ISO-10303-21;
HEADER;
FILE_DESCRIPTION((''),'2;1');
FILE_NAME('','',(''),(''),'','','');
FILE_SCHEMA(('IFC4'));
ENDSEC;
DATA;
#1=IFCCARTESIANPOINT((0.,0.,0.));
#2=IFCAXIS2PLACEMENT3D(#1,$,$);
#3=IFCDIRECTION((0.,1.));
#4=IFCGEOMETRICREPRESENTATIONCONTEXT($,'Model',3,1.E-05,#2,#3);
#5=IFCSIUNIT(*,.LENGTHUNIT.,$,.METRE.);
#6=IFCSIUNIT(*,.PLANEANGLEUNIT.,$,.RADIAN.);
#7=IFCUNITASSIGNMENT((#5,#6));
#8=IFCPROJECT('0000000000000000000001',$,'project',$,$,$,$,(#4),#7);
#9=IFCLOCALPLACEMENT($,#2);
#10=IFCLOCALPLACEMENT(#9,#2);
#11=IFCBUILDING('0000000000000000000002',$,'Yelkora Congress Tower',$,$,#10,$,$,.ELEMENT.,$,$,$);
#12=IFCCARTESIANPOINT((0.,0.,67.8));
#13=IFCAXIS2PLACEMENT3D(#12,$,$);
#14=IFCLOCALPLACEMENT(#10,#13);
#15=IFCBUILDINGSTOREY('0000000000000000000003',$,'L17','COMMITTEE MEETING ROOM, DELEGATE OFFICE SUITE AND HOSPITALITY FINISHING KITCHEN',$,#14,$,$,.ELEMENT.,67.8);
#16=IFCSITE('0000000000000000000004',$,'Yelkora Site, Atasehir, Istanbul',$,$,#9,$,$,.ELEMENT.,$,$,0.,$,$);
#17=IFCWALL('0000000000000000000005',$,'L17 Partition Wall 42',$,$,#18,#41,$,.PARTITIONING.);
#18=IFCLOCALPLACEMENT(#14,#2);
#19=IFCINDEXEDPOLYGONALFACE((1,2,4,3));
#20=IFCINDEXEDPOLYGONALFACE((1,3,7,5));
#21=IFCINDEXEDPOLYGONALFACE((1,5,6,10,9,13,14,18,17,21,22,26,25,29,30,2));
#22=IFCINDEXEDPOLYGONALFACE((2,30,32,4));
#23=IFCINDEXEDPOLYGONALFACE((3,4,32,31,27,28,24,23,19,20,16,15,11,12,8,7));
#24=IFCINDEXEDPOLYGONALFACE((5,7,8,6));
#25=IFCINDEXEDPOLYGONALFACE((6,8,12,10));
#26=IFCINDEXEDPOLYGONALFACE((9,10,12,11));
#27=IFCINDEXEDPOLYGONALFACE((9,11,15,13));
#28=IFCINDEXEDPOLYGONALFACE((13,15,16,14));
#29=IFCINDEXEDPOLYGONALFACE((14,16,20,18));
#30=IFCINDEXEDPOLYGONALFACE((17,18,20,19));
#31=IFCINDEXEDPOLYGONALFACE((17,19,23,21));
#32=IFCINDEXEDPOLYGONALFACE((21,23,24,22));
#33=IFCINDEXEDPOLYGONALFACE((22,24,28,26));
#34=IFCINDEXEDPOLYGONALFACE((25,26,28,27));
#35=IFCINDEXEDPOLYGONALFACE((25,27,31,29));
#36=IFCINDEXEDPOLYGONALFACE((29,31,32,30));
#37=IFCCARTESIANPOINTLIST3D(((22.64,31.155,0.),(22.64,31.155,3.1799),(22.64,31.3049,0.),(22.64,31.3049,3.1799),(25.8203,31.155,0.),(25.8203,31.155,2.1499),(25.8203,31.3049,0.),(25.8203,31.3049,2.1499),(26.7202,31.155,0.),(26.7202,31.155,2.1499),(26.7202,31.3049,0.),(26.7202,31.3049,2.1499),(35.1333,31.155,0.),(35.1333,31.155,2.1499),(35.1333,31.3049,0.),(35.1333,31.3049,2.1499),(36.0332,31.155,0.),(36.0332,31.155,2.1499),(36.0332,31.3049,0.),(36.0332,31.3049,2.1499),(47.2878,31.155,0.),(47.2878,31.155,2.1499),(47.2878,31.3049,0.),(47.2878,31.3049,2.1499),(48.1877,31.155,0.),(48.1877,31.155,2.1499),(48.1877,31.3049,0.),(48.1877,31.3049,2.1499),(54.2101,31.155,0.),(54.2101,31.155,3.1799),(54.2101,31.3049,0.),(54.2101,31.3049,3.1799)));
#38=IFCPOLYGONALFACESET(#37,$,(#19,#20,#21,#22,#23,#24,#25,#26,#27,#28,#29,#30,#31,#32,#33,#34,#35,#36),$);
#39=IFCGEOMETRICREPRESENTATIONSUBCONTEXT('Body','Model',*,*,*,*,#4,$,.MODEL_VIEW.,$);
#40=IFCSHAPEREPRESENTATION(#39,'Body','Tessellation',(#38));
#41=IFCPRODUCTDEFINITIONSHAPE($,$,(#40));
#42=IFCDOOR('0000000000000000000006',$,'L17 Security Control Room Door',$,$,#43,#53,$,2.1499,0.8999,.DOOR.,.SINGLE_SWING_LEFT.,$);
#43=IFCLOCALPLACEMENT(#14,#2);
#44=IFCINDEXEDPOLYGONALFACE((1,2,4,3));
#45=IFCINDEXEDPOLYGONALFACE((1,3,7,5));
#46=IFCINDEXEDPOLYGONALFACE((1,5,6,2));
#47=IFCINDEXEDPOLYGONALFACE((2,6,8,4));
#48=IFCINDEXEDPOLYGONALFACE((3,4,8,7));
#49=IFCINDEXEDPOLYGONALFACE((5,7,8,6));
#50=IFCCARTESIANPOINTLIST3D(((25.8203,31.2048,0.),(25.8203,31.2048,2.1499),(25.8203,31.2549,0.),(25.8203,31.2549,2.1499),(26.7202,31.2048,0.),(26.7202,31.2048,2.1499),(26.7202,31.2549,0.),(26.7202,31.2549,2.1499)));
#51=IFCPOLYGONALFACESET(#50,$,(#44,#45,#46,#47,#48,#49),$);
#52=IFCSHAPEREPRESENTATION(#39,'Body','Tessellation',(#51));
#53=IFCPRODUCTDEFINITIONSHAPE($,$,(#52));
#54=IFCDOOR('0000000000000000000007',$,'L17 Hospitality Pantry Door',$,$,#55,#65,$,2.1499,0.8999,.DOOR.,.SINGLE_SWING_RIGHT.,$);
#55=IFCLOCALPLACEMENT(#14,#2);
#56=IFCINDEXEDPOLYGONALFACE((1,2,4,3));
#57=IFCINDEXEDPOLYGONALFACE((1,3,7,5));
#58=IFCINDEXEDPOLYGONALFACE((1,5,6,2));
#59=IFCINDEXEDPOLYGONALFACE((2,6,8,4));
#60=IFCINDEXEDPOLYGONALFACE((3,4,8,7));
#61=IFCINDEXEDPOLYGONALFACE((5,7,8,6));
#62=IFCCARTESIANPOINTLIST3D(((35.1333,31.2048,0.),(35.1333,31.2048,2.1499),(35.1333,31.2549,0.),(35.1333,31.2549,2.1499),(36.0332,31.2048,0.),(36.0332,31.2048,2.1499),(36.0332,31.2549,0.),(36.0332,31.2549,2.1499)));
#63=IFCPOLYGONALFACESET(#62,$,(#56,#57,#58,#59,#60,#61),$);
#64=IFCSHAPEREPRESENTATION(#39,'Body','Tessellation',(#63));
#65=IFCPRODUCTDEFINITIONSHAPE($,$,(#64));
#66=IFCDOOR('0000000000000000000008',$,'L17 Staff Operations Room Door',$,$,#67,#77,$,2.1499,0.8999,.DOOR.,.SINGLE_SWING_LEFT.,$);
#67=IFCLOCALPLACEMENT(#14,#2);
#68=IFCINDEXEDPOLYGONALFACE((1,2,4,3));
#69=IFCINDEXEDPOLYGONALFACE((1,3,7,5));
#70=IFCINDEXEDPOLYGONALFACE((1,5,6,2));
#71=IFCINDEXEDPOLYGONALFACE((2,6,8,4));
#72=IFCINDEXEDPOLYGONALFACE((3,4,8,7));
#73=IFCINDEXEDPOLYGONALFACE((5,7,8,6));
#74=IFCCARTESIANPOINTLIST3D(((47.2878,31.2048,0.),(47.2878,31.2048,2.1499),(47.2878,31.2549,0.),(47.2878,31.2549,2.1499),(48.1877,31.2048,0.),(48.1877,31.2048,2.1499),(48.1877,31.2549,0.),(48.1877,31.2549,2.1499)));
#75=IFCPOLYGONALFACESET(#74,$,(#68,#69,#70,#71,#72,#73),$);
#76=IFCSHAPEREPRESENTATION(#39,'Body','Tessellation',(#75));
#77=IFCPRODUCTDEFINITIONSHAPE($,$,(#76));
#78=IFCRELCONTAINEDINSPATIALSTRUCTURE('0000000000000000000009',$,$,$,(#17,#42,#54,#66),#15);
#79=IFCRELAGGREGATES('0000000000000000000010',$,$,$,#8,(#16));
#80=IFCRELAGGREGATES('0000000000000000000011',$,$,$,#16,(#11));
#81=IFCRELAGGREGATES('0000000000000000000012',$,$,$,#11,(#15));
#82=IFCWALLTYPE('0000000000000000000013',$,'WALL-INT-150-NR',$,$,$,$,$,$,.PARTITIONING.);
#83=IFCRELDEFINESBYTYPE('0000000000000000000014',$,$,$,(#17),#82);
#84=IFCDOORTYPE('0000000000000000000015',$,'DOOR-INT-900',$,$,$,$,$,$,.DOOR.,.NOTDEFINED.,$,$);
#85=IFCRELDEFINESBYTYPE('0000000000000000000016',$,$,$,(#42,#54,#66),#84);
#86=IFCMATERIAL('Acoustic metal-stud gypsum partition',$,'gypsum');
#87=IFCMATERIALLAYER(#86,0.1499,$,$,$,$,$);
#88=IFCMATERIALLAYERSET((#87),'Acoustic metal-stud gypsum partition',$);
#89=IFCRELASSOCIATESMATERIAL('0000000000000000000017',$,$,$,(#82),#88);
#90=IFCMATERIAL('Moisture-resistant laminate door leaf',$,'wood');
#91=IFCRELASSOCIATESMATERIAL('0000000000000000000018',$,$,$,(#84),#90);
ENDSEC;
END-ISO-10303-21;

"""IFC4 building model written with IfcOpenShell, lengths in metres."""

from ifc_helpers import new_model, si_unit, direction, frame, frame_2d, origin, place, context, subcontext, project, spatial, rectangle, extrude, material, layer, layer_set, type_object, element, fill, save


model = new_model("IFC4")

# Units and contexts
model_context = context("Model", 3, precision=1e-05, world=origin(), true_north=direction((0.0, 1.0)))
body_context = subcontext(model_context, "Body", "Model", "MODEL_VIEW")
ifc_project = project(units=[si_unit("LENGTHUNIT", "METRE"), si_unit("PLANEANGLEUNIT", "RADIAN")], contexts=[model_context])

# Site, building, storey
site_placement = place(None, origin())
site = spatial("IfcSite", under=ifc_project, at=site_placement, Name="Yelkora Site, Atasehir, Istanbul", CompositionType="ELEMENT", RefElevation=0.0)
building_placement = place(site_placement, origin())
building = spatial("IfcBuilding", under=site, at=building_placement, Name="Yelkora Congress Tower", CompositionType="ELEMENT")
storey_placement = place(building_placement, frame((0.0, 0.0, 67.8)))
storey = spatial("IfcBuildingStorey", under=building, at=storey_placement, Name="L17", Description="COMMITTEE MEETING ROOM, DELEGATE OFFICE SUITE AND HOSPITALITY FINISHING KITCHEN", CompositionType="ELEMENT", Elevation=67.8)

# Shared definitions
ifc_material_1 = material(Name="Acoustic metal-stud gypsum partition", Category="gypsum")
ifc_layer_1 = layer(ifc_material_1, 0.1499)
ifc_layer_set_1 = layer_set([ifc_layer_1], Name="Acoustic metal-stud gypsum partition")
wall_type_1 = type_object("IfcWallType", Name="WALL-INT-150-NR", PredefinedType="PARTITIONING", material=ifc_layer_set_1)
ifc_material_2 = material(Name="Moisture-resistant laminate door leaf", Category="wood")
door_type = type_object("IfcDoorType", Name="DOOR-INT-900", OperationType="NOTDEFINED", PredefinedType="DOOR", material=ifc_material_2)

# Wall, openings, doors
wall_1_placement = place(storey_placement, frame((22.6399, 31.23, 0.0), z_axis=(0.0, 0.0, 1.0), x_axis=(1.0, 0.0, 0.0)))
wall_1 = element("IfcWall", 1, at=wall_1_placement, inside=storey, type_object=wall_type_1, Name="L17 Partition Wall 42", PredefinedType="PARTITIONING", context=body_context, shape_type="SweptSolid", body=[
    extrude(rectangle(XDim=31.5701, YDim=0.1499, at=frame_2d((15.7852, 0.0))), origin(), (0.0, 0.0, 1.0), 3.1799),
])
opening_1_placement = place(wall_1_placement, frame((3.1804, 0.0, 0.0)))
opening_1 = element("IfcOpeningElement", 2, at=opening_1_placement, cuts=wall_1, PredefinedType="OPENING", context=body_context, shape_type="SweptSolid", body=[
    extrude(rectangle(XDim=0.8999, YDim=2.1499, at=frame_2d((0.45, 1.075))), frame((0.0, 0.085, 0.0), z_axis=(0.0, -1.0, 0.0), x_axis=(1.0, 0.0, 0.0)), (0.0, 0.0, 1.0), 0.1699),
])
opening_2_placement = place(wall_1_placement, frame((12.4934, 0.0, 0.0)))
opening_2 = element("IfcOpeningElement", 3, at=opening_2_placement, cuts=wall_1, PredefinedType="OPENING", context=body_context, shape_type="SweptSolid", body=[
    extrude(rectangle(XDim=0.8999, YDim=2.1499, at=frame_2d((0.45, 1.075))), frame((0.0, 0.085, 0.0), z_axis=(0.0, -1.0, 0.0), x_axis=(1.0, 0.0, 0.0)), (0.0, 0.0, 1.0), 0.1699),
])
opening_3_placement = place(wall_1_placement, frame((24.6479, 0.0, 0.0)))
opening_3 = element("IfcOpeningElement", 4, at=opening_3_placement, cuts=wall_1, PredefinedType="OPENING", context=body_context, shape_type="SweptSolid", body=[
    extrude(rectangle(XDim=0.8999, YDim=2.1499, at=frame_2d((0.45, 1.075))), frame((0.0, 0.085, 0.0), z_axis=(0.0, -1.0, 0.0), x_axis=(1.0, 0.0, 0.0)), (0.0, 0.0, 1.0), 0.1699),
])
door_1_placement = place(opening_1_placement, origin())
door_1 = element("IfcDoor", 5, at=door_1_placement, inside=storey, type_object=door_type, Name="L17 Security Control Room Door", OperationType="SINGLE_SWING_LEFT", OverallHeight=2.1499, OverallWidth=0.8999, PredefinedType="DOOR", context=body_context, shape_type="SweptSolid", body=[
    extrude(rectangle(XDim=0.8999, YDim=2.1499, at=frame_2d((0.45, 1.075))), frame((0.0, 0.0249, 0.0), z_axis=(0.0, -1.0, 0.0), x_axis=(1.0, 0.0, 0.0)), (0.0, 0.0, 1.0), 0.05),
])
fill(opening_1, door_1)
door_2_placement = place(opening_2_placement, origin())
door_2 = element("IfcDoor", 6, at=door_2_placement, inside=storey, type_object=door_type, Name="L17 Hospitality Pantry Door", OperationType="SINGLE_SWING_RIGHT", OverallHeight=2.1499, OverallWidth=0.8999, PredefinedType="DOOR", context=body_context, shape_type="SweptSolid", body=[
    extrude(rectangle(XDim=0.8999, YDim=2.1499, at=frame_2d((0.45, 1.075))), frame((0.0, 0.0249, 0.0), z_axis=(0.0, -1.0, 0.0), x_axis=(1.0, 0.0, 0.0)), (0.0, 0.0, 1.0), 0.05),
])
fill(opening_2, door_2)
door_3_placement = place(opening_3_placement, origin())
door_3 = element("IfcDoor", 7, at=door_3_placement, inside=storey, type_object=door_type, Name="L17 Staff Operations Room Door", OperationType="SINGLE_SWING_LEFT", OverallHeight=2.1499, OverallWidth=0.8999, PredefinedType="DOOR", context=body_context, shape_type="SweptSolid", body=[
    extrude(rectangle(XDim=0.8999, YDim=2.1499, at=frame_2d((0.45, 1.075))), frame((0.0, 0.0249, 0.0), z_axis=(0.0, -1.0, 0.0), x_axis=(1.0, 0.0, 0.0)), (0.0, 0.0, 1.0), 0.05),
])
fill(opening_3, door_3)

save(model, "model.ifc")
